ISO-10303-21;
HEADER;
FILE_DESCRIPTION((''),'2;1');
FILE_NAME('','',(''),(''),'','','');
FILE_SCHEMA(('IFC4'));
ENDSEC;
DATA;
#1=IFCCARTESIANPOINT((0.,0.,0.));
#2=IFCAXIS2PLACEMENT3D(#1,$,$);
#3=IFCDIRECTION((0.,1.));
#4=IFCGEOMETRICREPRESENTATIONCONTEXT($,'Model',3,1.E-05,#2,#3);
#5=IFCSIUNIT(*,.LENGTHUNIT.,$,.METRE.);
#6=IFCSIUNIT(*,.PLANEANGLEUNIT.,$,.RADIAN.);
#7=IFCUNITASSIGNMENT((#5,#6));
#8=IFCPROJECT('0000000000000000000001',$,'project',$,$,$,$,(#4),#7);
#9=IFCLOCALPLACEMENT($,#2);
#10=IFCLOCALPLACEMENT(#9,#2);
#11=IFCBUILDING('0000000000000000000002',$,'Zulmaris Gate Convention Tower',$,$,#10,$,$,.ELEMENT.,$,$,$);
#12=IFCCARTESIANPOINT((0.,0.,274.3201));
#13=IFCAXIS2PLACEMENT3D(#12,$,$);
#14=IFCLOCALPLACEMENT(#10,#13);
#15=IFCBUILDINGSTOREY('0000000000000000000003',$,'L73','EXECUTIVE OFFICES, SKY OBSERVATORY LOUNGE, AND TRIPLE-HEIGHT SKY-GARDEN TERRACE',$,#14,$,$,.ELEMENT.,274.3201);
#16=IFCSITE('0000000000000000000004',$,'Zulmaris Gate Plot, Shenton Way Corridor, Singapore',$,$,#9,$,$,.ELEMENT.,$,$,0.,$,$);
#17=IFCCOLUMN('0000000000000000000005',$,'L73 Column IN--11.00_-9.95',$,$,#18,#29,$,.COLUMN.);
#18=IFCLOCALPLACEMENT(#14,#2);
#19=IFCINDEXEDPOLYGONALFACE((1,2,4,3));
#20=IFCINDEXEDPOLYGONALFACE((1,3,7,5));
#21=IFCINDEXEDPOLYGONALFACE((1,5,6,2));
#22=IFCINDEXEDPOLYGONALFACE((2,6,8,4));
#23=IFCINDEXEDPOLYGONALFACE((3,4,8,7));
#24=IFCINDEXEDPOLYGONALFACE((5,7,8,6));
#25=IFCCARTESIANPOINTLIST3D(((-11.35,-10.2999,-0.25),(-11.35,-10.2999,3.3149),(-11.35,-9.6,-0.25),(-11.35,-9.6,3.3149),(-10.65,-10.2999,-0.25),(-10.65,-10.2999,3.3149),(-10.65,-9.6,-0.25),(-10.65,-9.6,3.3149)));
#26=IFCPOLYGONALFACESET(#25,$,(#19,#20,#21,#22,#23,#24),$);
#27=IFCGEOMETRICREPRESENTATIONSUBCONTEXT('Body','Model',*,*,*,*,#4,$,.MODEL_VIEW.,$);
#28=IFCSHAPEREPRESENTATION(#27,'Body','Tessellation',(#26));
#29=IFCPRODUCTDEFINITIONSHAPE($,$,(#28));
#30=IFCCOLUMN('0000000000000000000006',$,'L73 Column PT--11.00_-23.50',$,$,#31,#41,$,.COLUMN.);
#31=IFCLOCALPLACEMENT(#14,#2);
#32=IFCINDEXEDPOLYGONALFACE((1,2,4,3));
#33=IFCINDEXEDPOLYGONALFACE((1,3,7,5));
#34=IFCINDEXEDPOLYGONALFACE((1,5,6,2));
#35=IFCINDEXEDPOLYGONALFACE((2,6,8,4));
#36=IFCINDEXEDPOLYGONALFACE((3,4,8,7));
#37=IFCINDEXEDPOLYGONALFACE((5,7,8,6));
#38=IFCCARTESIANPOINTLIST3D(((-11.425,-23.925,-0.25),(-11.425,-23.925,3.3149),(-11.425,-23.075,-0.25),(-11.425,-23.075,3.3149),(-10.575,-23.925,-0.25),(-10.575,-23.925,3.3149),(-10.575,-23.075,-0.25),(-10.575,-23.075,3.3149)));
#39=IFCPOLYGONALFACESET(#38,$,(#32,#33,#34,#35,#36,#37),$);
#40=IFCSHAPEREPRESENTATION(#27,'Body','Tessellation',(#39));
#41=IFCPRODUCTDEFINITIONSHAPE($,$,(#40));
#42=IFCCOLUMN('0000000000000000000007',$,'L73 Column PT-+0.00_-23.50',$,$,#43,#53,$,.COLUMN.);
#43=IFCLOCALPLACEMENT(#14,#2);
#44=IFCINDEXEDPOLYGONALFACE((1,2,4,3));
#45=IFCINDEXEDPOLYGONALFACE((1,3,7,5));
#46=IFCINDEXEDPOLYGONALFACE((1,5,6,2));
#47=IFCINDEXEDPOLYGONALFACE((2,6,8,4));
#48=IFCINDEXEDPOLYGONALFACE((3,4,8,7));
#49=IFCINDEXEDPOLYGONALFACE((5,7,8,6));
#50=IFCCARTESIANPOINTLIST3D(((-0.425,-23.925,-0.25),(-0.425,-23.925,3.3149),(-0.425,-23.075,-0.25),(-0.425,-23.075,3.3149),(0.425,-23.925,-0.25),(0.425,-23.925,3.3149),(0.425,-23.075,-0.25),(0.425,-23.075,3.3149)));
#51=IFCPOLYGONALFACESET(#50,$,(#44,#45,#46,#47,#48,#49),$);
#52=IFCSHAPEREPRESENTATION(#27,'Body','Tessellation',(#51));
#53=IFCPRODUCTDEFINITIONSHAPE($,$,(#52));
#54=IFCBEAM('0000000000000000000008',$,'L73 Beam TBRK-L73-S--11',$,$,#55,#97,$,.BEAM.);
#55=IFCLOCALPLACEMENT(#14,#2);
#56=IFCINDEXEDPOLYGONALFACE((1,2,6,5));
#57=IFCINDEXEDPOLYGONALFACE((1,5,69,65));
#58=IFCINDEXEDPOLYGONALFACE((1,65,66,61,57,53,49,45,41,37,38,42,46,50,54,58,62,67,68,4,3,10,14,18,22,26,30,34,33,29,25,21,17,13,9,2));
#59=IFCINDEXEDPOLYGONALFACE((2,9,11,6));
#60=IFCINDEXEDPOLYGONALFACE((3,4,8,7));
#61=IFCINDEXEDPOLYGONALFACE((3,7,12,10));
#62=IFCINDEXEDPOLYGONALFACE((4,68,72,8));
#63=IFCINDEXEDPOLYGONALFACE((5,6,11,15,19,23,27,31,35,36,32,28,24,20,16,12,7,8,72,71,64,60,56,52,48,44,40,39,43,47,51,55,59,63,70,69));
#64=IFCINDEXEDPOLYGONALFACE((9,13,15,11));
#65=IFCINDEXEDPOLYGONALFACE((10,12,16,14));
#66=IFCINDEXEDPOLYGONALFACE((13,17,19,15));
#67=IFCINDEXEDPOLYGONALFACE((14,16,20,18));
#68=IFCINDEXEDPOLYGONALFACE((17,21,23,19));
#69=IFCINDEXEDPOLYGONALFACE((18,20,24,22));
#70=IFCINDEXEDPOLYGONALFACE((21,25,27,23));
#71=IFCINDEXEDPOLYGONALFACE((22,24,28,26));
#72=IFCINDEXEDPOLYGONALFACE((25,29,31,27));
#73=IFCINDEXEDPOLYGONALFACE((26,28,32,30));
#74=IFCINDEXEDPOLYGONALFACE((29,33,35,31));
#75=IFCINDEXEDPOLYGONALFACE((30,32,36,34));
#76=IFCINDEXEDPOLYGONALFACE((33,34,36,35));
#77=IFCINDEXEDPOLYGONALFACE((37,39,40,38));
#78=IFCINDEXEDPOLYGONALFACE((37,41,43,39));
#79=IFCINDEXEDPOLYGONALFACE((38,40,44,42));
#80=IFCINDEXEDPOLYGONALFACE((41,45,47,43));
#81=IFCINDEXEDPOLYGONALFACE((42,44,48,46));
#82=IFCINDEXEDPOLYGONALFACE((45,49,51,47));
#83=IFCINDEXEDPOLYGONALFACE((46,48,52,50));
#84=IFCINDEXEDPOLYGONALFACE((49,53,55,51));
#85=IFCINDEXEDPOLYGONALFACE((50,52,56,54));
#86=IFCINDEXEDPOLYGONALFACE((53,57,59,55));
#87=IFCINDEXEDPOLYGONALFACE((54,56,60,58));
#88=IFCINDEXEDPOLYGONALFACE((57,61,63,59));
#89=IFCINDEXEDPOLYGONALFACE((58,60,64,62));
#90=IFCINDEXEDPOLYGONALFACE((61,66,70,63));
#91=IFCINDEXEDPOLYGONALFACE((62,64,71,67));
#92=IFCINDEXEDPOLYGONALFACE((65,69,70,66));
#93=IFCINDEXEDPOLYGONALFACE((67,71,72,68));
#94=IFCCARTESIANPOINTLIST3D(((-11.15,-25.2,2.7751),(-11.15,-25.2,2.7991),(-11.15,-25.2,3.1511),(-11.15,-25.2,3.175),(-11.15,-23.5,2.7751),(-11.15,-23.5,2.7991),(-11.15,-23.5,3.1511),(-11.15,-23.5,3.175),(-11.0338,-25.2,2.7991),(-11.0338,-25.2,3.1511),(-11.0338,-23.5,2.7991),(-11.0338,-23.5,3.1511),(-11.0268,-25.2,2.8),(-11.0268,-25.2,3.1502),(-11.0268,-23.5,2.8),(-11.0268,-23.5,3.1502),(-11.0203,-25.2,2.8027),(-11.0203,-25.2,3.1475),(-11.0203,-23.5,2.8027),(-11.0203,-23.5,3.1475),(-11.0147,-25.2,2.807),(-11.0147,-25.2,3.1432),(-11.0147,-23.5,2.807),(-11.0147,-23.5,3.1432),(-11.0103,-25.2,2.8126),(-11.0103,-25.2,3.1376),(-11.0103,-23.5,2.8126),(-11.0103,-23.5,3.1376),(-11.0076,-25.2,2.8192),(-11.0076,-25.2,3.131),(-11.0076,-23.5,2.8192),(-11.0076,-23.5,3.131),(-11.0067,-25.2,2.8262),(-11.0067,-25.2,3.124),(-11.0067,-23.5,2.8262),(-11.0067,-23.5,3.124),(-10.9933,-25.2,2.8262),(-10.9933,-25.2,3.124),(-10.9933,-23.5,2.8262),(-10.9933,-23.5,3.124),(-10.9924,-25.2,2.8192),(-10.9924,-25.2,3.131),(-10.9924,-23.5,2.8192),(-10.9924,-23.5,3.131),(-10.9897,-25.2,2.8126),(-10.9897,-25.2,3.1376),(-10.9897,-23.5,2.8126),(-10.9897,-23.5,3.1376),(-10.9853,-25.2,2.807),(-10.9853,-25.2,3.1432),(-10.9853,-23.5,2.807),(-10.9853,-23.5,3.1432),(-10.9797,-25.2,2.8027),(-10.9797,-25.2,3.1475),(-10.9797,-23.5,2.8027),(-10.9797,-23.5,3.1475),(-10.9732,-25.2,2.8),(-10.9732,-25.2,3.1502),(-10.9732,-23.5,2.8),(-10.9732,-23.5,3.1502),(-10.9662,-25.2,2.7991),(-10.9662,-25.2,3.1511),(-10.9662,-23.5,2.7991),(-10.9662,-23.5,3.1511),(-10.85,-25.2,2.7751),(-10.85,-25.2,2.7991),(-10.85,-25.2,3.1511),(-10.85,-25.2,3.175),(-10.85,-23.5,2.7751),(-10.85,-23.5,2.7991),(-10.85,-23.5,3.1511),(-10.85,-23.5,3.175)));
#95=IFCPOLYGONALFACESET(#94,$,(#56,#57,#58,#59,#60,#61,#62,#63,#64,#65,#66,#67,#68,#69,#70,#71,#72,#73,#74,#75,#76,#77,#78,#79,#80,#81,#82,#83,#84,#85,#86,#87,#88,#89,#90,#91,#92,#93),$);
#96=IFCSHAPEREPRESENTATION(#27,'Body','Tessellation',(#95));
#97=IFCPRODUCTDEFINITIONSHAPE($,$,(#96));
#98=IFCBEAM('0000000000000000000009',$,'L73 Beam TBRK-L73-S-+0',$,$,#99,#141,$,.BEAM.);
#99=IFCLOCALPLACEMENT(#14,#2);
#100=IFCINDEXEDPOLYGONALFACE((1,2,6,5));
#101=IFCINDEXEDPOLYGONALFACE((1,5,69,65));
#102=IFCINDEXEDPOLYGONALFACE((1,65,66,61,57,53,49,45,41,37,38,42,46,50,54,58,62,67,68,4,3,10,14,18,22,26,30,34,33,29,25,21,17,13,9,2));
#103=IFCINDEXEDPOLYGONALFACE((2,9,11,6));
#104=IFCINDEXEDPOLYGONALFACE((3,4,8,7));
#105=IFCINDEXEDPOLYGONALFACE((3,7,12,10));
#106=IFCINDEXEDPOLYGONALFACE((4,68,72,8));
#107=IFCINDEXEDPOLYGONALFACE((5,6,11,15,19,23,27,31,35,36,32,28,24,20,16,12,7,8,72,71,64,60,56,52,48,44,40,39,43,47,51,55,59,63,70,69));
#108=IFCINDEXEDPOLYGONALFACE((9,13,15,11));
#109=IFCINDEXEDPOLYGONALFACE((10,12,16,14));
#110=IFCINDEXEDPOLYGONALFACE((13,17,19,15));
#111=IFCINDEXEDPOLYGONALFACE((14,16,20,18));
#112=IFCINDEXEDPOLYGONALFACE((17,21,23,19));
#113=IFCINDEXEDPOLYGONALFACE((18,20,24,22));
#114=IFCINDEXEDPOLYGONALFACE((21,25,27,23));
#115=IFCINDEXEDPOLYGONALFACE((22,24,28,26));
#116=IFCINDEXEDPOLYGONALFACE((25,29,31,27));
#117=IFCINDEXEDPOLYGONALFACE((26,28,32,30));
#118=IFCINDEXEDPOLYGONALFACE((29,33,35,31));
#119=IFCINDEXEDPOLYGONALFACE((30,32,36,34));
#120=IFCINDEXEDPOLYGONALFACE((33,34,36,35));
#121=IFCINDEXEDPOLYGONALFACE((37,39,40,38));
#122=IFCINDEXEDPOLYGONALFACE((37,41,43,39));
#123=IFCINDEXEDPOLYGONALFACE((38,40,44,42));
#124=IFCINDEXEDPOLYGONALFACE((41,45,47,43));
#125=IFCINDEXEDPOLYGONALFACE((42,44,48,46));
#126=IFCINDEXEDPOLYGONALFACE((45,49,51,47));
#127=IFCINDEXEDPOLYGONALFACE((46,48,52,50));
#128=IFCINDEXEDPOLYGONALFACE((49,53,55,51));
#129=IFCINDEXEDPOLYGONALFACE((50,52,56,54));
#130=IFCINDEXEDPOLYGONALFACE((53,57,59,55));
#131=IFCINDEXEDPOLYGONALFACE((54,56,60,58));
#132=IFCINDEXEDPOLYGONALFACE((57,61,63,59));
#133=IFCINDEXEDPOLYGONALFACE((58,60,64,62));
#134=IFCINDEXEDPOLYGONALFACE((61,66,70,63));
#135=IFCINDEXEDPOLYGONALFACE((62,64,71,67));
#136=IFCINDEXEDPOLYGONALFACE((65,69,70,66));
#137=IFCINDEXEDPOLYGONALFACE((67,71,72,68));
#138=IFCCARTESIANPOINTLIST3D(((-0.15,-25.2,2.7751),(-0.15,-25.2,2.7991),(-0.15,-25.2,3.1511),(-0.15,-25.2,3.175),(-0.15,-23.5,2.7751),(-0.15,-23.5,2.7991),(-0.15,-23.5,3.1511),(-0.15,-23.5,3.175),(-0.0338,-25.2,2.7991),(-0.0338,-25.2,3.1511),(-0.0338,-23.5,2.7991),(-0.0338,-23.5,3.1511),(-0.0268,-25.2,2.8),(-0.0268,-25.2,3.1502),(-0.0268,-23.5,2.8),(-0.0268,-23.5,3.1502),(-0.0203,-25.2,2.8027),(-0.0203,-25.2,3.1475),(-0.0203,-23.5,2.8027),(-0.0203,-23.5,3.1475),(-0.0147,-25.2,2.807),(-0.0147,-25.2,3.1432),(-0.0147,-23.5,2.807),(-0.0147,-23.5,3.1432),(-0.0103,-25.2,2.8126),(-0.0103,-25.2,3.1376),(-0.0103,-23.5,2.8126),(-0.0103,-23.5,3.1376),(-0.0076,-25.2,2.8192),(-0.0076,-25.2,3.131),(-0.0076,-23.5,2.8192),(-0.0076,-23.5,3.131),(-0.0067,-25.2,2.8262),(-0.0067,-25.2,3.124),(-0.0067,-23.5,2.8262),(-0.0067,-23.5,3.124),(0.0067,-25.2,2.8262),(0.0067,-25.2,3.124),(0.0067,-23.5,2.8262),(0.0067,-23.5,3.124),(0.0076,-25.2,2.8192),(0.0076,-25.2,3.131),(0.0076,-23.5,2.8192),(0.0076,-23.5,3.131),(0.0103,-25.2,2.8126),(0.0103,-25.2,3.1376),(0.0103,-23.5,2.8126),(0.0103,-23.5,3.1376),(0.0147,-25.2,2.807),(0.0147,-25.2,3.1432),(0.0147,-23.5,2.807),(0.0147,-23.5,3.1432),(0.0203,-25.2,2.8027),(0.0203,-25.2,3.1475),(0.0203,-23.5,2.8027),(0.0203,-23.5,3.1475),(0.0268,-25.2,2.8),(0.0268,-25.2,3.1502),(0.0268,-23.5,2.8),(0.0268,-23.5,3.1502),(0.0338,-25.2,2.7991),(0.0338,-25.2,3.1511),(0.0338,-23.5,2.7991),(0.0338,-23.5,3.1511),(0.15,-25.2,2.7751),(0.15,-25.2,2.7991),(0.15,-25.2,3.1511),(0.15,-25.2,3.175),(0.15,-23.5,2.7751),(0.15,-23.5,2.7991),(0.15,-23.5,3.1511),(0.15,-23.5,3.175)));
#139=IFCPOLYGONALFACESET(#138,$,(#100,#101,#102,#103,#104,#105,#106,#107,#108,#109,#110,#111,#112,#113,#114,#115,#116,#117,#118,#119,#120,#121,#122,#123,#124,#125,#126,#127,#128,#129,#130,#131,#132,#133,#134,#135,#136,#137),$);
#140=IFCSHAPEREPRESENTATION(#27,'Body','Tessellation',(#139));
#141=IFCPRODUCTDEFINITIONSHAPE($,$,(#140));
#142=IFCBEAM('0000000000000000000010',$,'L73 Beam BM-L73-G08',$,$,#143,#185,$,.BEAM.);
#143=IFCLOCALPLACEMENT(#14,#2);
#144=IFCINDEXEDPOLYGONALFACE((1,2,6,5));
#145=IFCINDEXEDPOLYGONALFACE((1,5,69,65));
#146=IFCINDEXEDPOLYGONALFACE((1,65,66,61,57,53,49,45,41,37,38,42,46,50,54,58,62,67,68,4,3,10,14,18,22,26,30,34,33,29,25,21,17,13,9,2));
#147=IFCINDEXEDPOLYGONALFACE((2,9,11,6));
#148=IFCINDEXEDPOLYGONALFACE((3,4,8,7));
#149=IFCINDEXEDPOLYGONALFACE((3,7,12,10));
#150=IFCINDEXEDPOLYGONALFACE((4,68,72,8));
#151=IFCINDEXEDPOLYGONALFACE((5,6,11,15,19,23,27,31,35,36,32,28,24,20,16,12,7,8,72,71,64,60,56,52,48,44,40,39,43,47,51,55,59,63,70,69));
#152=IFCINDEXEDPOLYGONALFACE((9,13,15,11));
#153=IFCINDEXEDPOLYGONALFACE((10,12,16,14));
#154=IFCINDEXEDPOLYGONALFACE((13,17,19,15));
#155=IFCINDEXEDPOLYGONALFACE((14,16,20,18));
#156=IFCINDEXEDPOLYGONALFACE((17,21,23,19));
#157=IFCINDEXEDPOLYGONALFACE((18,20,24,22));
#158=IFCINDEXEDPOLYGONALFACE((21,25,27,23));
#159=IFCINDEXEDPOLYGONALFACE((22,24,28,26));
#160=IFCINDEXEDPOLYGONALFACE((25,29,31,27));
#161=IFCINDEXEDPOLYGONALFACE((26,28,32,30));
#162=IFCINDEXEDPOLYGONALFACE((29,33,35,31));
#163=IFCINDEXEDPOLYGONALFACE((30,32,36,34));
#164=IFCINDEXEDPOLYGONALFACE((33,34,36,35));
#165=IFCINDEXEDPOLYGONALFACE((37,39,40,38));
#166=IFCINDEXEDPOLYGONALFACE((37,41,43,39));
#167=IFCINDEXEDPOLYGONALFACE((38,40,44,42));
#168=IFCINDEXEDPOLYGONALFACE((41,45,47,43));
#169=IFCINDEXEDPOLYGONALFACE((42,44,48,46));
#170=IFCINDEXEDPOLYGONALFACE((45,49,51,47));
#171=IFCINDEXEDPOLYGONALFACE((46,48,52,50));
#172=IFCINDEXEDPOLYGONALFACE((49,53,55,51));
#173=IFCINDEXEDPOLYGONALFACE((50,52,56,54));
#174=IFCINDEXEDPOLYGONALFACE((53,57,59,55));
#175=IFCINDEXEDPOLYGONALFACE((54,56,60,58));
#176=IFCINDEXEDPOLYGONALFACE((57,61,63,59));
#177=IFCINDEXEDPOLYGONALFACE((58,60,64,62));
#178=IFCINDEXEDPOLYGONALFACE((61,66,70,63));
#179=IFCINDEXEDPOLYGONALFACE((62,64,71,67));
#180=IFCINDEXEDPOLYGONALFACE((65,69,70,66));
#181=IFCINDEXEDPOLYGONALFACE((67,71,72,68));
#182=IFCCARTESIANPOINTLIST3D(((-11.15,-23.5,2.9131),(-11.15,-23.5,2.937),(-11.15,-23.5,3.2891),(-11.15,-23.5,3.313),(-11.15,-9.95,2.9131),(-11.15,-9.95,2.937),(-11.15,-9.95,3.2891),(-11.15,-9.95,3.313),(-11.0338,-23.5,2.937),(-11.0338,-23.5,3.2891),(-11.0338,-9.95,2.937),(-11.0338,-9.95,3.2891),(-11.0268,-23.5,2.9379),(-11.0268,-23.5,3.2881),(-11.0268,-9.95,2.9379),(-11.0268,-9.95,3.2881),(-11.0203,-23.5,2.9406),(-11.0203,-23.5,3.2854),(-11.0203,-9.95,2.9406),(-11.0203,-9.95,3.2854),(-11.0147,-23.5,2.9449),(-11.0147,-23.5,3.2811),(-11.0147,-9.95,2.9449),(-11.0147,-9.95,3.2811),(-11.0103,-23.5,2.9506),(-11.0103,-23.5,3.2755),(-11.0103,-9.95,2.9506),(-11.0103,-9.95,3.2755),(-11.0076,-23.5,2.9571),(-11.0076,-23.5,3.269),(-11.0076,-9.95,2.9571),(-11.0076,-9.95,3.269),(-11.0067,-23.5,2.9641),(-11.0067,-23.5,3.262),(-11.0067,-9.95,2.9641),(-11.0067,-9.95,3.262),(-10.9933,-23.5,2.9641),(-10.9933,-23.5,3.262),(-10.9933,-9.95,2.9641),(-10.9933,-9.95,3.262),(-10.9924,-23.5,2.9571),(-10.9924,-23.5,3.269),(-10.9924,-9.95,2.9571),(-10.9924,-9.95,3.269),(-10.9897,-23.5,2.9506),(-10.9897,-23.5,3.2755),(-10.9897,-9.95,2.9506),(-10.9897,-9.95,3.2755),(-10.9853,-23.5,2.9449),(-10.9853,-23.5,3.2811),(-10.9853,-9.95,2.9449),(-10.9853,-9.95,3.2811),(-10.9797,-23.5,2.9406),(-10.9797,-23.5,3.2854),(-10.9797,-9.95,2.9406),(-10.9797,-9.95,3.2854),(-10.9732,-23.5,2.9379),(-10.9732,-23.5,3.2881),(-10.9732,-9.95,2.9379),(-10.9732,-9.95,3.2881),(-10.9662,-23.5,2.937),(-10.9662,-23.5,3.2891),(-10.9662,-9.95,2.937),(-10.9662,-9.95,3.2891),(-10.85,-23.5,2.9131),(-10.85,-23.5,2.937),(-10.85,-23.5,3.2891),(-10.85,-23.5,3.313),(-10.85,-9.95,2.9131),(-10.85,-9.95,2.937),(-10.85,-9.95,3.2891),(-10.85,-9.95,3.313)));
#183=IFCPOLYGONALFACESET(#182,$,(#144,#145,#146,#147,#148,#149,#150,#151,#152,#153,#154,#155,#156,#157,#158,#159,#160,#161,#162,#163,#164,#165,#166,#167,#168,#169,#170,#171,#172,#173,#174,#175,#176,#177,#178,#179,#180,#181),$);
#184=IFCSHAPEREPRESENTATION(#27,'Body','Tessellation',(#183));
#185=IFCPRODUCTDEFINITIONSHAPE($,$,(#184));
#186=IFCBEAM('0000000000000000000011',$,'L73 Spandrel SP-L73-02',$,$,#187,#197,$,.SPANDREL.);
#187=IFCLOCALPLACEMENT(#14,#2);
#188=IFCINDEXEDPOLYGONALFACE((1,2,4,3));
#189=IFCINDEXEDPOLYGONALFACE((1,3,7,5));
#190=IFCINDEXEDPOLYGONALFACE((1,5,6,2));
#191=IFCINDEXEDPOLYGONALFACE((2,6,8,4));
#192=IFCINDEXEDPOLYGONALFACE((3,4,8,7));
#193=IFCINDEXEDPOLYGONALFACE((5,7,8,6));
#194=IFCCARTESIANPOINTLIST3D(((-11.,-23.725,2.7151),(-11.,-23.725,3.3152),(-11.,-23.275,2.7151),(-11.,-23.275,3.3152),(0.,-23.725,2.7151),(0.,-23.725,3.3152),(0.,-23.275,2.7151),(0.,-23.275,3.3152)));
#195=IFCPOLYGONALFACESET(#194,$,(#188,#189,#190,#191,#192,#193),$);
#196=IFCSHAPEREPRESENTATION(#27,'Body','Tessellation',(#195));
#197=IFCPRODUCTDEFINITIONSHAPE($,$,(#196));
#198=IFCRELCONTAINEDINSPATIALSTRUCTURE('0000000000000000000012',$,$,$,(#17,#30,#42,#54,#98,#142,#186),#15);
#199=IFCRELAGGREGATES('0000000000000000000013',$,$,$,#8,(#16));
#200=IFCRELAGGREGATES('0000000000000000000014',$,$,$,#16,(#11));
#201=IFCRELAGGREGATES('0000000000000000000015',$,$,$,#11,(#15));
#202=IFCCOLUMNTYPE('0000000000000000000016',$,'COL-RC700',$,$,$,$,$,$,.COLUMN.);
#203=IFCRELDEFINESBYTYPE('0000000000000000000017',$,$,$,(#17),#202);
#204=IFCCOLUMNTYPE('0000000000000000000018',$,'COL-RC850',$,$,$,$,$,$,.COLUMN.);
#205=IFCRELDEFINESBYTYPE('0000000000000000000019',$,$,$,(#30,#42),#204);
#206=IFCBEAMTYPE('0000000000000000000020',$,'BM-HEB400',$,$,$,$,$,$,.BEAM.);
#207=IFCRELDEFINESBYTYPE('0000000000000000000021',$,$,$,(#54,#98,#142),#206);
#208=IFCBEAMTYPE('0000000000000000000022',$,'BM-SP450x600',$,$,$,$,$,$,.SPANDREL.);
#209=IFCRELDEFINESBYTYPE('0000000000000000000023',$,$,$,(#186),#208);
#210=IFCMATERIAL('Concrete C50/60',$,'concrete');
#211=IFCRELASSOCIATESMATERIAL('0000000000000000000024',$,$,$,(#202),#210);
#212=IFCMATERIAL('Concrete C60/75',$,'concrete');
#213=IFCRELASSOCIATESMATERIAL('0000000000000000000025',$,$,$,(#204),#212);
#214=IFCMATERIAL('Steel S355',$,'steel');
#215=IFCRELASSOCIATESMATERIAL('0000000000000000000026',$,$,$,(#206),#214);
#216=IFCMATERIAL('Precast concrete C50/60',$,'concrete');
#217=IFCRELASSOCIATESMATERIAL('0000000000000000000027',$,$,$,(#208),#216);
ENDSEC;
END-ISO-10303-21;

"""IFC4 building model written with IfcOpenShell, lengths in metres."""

from ifc_helpers import new_model, si_unit, direction, frame, origin, origin_2d, place, context, subcontext, project, spatial, rectangle, i_section, extrude, material, material_profile, profile_set, type_object, element, save


model = new_model("IFC4")

# Units and contexts
model_context = context("Model", 3, precision=1e-05, world=origin(), true_north=direction((0.0, 1.0)))
body_context = subcontext(model_context, "Body", "Model", "MODEL_VIEW")
ifc_project = project(units=[si_unit("LENGTHUNIT", "METRE"), si_unit("PLANEANGLEUNIT", "RADIAN")], contexts=[model_context])

# Site, building, storey
site_placement = place(None, origin())
site = spatial("IfcSite", under=ifc_project, at=site_placement, Name="Zulmaris Gate Plot, Shenton Way Corridor, Singapore", CompositionType="ELEMENT", RefElevation=0.0)
building_placement = place(site_placement, origin())
building = spatial("IfcBuilding", under=site, at=building_placement, Name="Zulmaris Gate Convention Tower", CompositionType="ELEMENT")
storey_placement = place(building_placement, frame((0.0, 0.0, 274.3201)))
storey = spatial("IfcBuildingStorey", under=building, at=storey_placement, Name="L73", Description="EXECUTIVE OFFICES, SKY OBSERVATORY LOUNGE, AND TRIPLE-HEIGHT SKY-GARDEN TERRACE", CompositionType="ELEMENT", Elevation=274.3201)

# Columns
ifc_material_1 = material(Name="Concrete C50/60", Category="concrete")
ifc_material_profile_1 = material_profile(ifc_material_1, rectangle(XDim=0.7, YDim=0.7, at=origin_2d()), Name="RC COL 700x700")
ifc_profile_set_1 = profile_set([ifc_material_profile_1], Name="Concrete C50/60")
column_type_1 = type_object("IfcColumnType", Name="COL-RC700", PredefinedType="COLUMN", material=ifc_profile_set_1)
column_placement = place(storey_placement, frame((-11.0, -9.95, -0.25), z_axis=(0.0, 0.0, 1.0), x_axis=(1.0, 0.0, 0.0)))
element("IfcColumn", 1, at=column_placement, inside=storey, type_object=column_type_1, Name="L73 Column IN--11.00_-9.95", PredefinedType="COLUMN", context=body_context, shape_type="SweptSolid", body=[
    extrude(rectangle(XDim=0.7, YDim=0.7, at=origin_2d()), origin(), (0.0, 0.0, 1.0), 3.5649),
])
ifc_material_2 = material(Name="Concrete C60/75", Category="concrete")
ifc_material_profile_2 = material_profile(ifc_material_2, rectangle(XDim=0.8501, YDim=0.8501, at=origin_2d()), Name="RC COL 850x850")
ifc_profile_set_2 = profile_set([ifc_material_profile_2], Name="Concrete C60/75")
column_type_2 = type_object("IfcColumnType", Name="COL-RC850", PredefinedType="COLUMN", material=ifc_profile_set_2)
for number, where, z_axis, x_axis, name in (
    (2, (-11.0, -23.5, -0.25), (0.0, 0.0, 1.0), (1.0, 0.0, 0.0), "L73 Column PT--11.00_-23.50"),
    (3, (0.0, -23.5, -0.25), (0.0, 0.0, 1.0), (1.0, 0.0, 0.0), "L73 Column PT-+0.00_-23.50"),
):
    element("IfcColumn", number, at=place(storey_placement, frame(where, z_axis=z_axis, x_axis=x_axis)), inside=storey, type_object=column_type_2, Name=name, PredefinedType="COLUMN", context=body_context, shape_type="SweptSolid", body=[
        extrude(rectangle(XDim=0.8501, YDim=0.8501, at=origin_2d()), origin(), (0.0, 0.0, 1.0), 3.5649),
    ])

# Beams
ifc_material_3 = material(Name="Steel S355", Category="steel")
ifc_material_profile_3 = material_profile(ifc_material_3, i_section(OverallWidth=0.3, OverallDepth=0.3999, WebThickness=0.0134, FlangeThickness=0.0239, FilletRadius=0.0271, at=origin_2d()), Name="HEB 400")
ifc_profile_set_3 = profile_set([ifc_material_profile_3], Name="Steel S355")
beam_type_1 = type_object("IfcBeamType", Name="BM-HEB400", PredefinedType="BEAM", material=ifc_profile_set_3)
for number, where, z_axis, x_axis, name in (
    (4, (-11.0, -25.2, 2.9751), (0.0, 1.0, 0.0), (-1.0, 0.0, 0.0), "L73 Beam TBRK-L73-S--11"),
    (5, (0.0, -25.2, 2.9751), (0.0, 1.0, 0.0), (-1.0, 0.0, 0.0), "L73 Beam TBRK-L73-S-+0"),
):
    element("IfcBeam", number, at=place(storey_placement, frame(where, z_axis=z_axis, x_axis=x_axis)), inside=storey, type_object=beam_type_1, Name=name, PredefinedType="BEAM", context=body_context, shape_type="SweptSolid", body=[
        extrude(i_section(OverallWidth=0.3, OverallDepth=0.3999, WebThickness=0.0134, FlangeThickness=0.0239, FilletRadius=0.0271, at=origin_2d()), origin(), (0.0, 0.0, 1.0), 1.7),
    ])
beam_placement = place(storey_placement, frame((-11.0, -23.5, 3.113), z_axis=(0.0, 1.0, 0.0), x_axis=(-1.0, 0.0, 0.0)))
element("IfcBeam", 6, at=beam_placement, inside=storey, type_object=beam_type_1, Name="L73 Beam BM-L73-G08", PredefinedType="BEAM", context=body_context, shape_type="SweptSolid", body=[
    extrude(i_section(OverallWidth=0.3, OverallDepth=0.3999, WebThickness=0.0134, FlangeThickness=0.0239, FilletRadius=0.0271, at=origin_2d()), origin(), (0.0, 0.0, 1.0), 13.55),
])
ifc_material_4 = material(Name="Precast concrete C50/60", Category="concrete")
ifc_material_profile_4 = material_profile(ifc_material_4, rectangle(XDim=0.45, YDim=0.6001, at=origin_2d()), Name="RC SPANDREL 450x600")
ifc_profile_set_4 = profile_set([ifc_material_profile_4], Name="Precast concrete C50/60")
beam_type_2 = type_object("IfcBeamType", Name="BM-SP450x600", PredefinedType="SPANDREL", material=ifc_profile_set_4)
for number, where, z_axis, x_axis, name in (
    (7, (-11.0, -23.5, 3.0151), (1.0, 0.0, 0.0), (0.0, 1.0, 0.0), "L73 Spandrel SP-L73-02"),
):
    element("IfcBeam", number, at=place(storey_placement, frame(where, z_axis=z_axis, x_axis=x_axis)), inside=storey, type_object=beam_type_2, Name=name, PredefinedType="SPANDREL", context=body_context, shape_type="SweptSolid", body=[
        extrude(rectangle(XDim=0.45, YDim=0.6001, at=origin_2d()), origin(), (0.0, 0.0, 1.0), 11.0),
    ])

save(model, "model.ifc")
